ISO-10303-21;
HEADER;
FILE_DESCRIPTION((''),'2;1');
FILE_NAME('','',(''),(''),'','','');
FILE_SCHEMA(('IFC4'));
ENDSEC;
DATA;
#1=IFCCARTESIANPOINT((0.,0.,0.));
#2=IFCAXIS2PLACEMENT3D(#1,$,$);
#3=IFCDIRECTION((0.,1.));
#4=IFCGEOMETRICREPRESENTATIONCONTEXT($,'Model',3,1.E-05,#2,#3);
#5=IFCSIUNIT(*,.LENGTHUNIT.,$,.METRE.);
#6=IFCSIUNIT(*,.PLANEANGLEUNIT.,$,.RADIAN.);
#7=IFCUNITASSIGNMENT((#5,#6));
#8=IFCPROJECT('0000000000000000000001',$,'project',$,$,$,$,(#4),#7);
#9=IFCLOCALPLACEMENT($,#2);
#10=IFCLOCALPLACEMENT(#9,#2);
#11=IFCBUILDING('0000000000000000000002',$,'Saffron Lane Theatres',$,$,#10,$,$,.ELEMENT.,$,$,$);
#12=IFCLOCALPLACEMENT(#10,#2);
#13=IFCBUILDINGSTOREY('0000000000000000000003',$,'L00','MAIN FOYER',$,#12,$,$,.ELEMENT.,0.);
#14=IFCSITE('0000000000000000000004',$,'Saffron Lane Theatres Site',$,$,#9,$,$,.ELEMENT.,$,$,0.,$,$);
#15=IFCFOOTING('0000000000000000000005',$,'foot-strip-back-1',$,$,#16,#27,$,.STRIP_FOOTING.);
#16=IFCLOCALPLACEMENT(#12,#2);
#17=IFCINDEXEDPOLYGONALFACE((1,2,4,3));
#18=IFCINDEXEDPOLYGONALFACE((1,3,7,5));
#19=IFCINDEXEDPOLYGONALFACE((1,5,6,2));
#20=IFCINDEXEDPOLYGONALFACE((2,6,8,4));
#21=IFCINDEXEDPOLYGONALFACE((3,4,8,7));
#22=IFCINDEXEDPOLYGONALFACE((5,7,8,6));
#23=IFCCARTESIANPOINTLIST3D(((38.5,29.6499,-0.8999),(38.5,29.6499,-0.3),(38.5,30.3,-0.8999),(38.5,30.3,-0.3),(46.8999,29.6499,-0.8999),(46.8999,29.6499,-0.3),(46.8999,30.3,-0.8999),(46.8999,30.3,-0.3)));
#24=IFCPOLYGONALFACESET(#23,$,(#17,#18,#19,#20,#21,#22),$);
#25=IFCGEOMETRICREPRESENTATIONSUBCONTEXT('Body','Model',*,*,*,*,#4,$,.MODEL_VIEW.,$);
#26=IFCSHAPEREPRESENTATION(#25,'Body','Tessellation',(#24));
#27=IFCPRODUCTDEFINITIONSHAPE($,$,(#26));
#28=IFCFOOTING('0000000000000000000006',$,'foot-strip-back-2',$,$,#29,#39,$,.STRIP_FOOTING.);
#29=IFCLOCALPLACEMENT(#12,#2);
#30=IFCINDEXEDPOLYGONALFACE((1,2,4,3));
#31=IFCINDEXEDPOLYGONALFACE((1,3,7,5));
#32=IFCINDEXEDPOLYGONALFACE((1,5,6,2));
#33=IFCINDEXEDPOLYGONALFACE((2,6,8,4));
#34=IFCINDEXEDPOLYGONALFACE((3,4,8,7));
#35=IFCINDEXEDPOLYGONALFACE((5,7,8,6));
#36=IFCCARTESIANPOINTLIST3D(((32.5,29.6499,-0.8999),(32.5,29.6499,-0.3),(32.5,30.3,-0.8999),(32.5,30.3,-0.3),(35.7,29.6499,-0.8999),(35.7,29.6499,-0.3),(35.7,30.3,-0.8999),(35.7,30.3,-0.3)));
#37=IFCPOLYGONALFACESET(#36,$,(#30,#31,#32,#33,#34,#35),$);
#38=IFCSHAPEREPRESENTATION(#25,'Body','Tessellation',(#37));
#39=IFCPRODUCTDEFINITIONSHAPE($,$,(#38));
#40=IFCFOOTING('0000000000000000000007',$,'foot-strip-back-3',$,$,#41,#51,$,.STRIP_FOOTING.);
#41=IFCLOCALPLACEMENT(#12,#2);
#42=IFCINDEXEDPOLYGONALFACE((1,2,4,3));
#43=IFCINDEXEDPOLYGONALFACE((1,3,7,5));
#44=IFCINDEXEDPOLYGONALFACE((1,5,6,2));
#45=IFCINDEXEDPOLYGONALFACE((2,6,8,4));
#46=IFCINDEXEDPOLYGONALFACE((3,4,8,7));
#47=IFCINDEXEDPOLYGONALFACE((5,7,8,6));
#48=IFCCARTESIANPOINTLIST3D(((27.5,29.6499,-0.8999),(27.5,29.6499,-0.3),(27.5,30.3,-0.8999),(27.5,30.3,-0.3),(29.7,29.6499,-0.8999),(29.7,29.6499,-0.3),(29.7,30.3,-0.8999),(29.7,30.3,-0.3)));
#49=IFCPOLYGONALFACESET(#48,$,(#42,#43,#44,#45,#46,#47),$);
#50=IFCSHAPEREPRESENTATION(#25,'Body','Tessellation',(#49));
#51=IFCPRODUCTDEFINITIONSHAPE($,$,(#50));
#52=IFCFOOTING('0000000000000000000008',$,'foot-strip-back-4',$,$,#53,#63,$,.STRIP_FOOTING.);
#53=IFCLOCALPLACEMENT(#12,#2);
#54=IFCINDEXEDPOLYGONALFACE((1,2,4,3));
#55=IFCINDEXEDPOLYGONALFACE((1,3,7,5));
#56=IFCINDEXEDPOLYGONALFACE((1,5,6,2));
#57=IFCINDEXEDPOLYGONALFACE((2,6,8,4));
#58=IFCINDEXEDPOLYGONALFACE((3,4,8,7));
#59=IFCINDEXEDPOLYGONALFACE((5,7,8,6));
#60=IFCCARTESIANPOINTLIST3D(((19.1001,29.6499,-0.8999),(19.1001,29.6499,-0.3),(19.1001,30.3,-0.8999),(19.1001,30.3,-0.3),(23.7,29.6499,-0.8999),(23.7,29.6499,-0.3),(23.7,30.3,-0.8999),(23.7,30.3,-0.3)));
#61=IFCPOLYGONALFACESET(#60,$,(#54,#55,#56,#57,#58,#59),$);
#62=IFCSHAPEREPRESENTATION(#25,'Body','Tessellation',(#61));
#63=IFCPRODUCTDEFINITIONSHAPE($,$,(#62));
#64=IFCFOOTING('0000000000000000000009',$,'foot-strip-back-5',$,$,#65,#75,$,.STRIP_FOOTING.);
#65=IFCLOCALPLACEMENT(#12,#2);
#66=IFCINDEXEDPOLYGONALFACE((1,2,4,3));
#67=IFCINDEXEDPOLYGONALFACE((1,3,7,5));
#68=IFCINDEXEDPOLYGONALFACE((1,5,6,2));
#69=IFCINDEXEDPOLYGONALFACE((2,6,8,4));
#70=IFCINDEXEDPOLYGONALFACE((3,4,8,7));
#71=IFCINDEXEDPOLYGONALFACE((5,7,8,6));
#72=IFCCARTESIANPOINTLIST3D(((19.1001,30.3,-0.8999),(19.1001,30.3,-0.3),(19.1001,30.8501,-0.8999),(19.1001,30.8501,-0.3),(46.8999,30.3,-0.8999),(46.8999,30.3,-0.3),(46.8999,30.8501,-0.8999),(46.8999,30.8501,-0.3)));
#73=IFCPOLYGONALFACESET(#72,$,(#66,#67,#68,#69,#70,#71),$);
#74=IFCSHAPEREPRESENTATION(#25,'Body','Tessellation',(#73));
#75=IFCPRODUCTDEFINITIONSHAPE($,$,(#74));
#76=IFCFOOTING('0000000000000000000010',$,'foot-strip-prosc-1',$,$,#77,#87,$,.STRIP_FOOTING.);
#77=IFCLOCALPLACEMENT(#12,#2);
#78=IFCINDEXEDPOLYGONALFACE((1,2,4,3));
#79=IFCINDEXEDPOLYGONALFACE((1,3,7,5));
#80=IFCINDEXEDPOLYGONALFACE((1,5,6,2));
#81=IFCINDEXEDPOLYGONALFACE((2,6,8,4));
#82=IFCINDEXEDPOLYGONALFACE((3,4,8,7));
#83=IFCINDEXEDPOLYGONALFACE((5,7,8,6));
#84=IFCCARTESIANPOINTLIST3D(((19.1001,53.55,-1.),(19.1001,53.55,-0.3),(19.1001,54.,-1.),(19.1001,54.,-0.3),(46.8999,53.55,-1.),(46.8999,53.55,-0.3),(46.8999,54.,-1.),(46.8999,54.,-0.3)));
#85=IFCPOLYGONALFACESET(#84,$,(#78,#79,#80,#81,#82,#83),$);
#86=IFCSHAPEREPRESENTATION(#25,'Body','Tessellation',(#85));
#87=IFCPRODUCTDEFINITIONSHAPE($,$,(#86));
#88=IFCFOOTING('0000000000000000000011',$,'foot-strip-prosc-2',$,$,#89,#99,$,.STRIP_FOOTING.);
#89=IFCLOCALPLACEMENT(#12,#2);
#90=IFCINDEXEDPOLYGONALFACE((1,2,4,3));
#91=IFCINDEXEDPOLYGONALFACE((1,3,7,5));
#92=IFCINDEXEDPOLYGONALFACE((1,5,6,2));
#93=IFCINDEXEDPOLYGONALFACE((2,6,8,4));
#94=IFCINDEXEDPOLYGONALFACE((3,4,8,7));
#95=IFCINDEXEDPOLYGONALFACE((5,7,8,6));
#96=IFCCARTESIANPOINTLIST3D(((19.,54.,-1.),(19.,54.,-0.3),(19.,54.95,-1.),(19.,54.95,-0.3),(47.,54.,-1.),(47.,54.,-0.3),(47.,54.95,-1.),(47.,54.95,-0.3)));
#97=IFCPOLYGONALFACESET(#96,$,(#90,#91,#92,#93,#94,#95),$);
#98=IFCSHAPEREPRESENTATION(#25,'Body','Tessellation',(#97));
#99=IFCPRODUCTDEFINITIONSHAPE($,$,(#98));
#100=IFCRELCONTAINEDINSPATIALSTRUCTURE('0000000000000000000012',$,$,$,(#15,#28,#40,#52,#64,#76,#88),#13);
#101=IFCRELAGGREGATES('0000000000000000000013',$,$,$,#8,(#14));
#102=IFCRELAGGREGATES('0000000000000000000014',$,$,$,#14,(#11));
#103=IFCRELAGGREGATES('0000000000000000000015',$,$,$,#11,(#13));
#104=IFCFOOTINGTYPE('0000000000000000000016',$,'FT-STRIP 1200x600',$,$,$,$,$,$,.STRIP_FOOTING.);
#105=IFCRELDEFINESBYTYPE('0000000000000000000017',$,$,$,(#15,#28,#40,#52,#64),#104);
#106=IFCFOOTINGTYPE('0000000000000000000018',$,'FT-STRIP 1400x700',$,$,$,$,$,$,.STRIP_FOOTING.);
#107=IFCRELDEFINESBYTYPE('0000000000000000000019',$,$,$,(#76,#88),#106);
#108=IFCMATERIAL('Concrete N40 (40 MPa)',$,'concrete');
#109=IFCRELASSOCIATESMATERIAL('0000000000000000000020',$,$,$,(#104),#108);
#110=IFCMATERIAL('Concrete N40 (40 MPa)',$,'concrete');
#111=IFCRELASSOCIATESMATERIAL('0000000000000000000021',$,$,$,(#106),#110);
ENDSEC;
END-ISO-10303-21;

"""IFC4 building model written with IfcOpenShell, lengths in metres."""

from ifc_helpers import new_model, si_unit, direction, frame, origin, place, context, subcontext, project, spatial, polyline, outline, extrude, material, type_object, element, save


model = new_model("IFC4")

# Units and contexts
model_context = context("Model", 3, precision=1e-05, world=origin(), true_north=direction((0.0, 1.0)))
body_context = subcontext(model_context, "Body", "Model", "MODEL_VIEW")
ifc_project = project(units=[si_unit("LENGTHUNIT", "METRE"), si_unit("PLANEANGLEUNIT", "RADIAN")], contexts=[model_context])

# Site, building, storey
site_placement = place(None, origin())
site = spatial("IfcSite", under=ifc_project, at=site_placement, Name="Saffron Lane Theatres Site", CompositionType="ELEMENT", RefElevation=0.0)
building_placement = place(site_placement, origin())
building = spatial("IfcBuilding", under=site, at=building_placement, Name="Saffron Lane Theatres", CompositionType="ELEMENT")
storey_placement = place(building_placement, origin())
storey = spatial("IfcBuildingStorey", under=building, at=storey_placement, Name="L00", Description="MAIN FOYER", CompositionType="ELEMENT", Elevation=0.0)

# Footings
ifc_material_1 = material(Name="Concrete N40 (40 MPa)", Category="concrete")
footing_type_1 = type_object("IfcFootingType", Name="FT-STRIP 1200x600", PredefinedType="STRIP_FOOTING", material=ifc_material_1)
footing_1_placement = place(storey_placement, frame((0.0, 0.0, -0.8999)))
element("IfcFooting", 1, at=footing_1_placement, inside=storey, type_object=footing_type_1, Name="foot-strip-back-1", PredefinedType="STRIP_FOOTING", context=body_context, shape_type="SweptSolid", body=[
    extrude(outline(polyline([(38.5, 29.6499), (46.8999, 29.6499), (46.8999, 30.3), (38.5, 30.3), (38.5, 29.6499)])), origin(), (0.0, 0.0, 1.0), 0.5999),
])
footing_2_placement = place(storey_placement, frame((0.0, 0.0, -0.8999)))
element("IfcFooting", 2, at=footing_2_placement, inside=storey, type_object=footing_type_1, Name="foot-strip-back-2", PredefinedType="STRIP_FOOTING", context=body_context, shape_type="SweptSolid", body=[
    extrude(outline(polyline([(32.5, 29.6499), (35.7, 29.6499), (35.7, 30.3), (32.5, 30.3), (32.5, 29.6499)])), origin(), (0.0, 0.0, 1.0), 0.5999),
])
footing_3_placement = place(storey_placement, frame((0.0, 0.0, -0.8999)))
element("IfcFooting", 3, at=footing_3_placement, inside=storey, type_object=footing_type_1, Name="foot-strip-back-3", PredefinedType="STRIP_FOOTING", context=body_context, shape_type="SweptSolid", body=[
    extrude(outline(polyline([(27.5, 29.6499), (29.7, 29.6499), (29.7, 30.3), (27.5, 30.3), (27.5, 29.6499)])), origin(), (0.0, 0.0, 1.0), 0.5999),
])
footing_4_placement = place(storey_placement, frame((0.0, 0.0, -0.8999)))
element("IfcFooting", 4, at=footing_4_placement, inside=storey, type_object=footing_type_1, Name="foot-strip-back-4", PredefinedType="STRIP_FOOTING", context=body_context, shape_type="SweptSolid", body=[
    extrude(outline(polyline([(19.1001, 29.6499), (23.7, 29.6499), (23.7, 30.3), (19.1001, 30.3), (19.1001, 29.6499)])), origin(), (0.0, 0.0, 1.0), 0.5999),
])
footing_5_placement = place(storey_placement, frame((0.0, 0.0, -0.8999)))
element("IfcFooting", 5, at=footing_5_placement, inside=storey, type_object=footing_type_1, Name="foot-strip-back-5", PredefinedType="STRIP_FOOTING", context=body_context, shape_type="SweptSolid", body=[
    extrude(outline(polyline([(19.1001, 30.3), (46.8999, 30.3), (46.8999, 30.8501), (19.1001, 30.8501), (19.1001, 30.3)])), origin(), (0.0, 0.0, 1.0), 0.5999),
])
ifc_material_2 = material(Name="Concrete N40 (40 MPa)", Category="concrete")
footing_type_2 = type_object("IfcFootingType", Name="FT-STRIP 1400x700", PredefinedType="STRIP_FOOTING", material=ifc_material_2)
footing_6_placement = place(storey_placement, frame((0.0, 0.0, -1.0)))
element("IfcFooting", 6, at=footing_6_placement, inside=storey, type_object=footing_type_2, Name="foot-strip-prosc-1", PredefinedType="STRIP_FOOTING", context=body_context, shape_type="SweptSolid", body=[
    extrude(outline(polyline([(19.1001, 53.55), (46.8999, 53.55), (46.8999, 54.0), (19.1001, 54.0), (19.1001, 53.55)])), origin(), (0.0, 0.0, 1.0), 0.7),
])
footing_7_placement = place(storey_placement, frame((0.0, 0.0, -1.0)))
element("IfcFooting", 7, at=footing_7_placement, inside=storey, type_object=footing_type_2, Name="foot-strip-prosc-2", PredefinedType="STRIP_FOOTING", context=body_context, shape_type="SweptSolid", body=[
    extrude(outline(polyline([(19.0, 54.0), (47.0, 54.0), (47.0, 54.95), (19.0, 54.95), (19.0, 54.0)])), origin(), (0.0, 0.0, 1.0), 0.7),
])

save(model, "model.ifc")
